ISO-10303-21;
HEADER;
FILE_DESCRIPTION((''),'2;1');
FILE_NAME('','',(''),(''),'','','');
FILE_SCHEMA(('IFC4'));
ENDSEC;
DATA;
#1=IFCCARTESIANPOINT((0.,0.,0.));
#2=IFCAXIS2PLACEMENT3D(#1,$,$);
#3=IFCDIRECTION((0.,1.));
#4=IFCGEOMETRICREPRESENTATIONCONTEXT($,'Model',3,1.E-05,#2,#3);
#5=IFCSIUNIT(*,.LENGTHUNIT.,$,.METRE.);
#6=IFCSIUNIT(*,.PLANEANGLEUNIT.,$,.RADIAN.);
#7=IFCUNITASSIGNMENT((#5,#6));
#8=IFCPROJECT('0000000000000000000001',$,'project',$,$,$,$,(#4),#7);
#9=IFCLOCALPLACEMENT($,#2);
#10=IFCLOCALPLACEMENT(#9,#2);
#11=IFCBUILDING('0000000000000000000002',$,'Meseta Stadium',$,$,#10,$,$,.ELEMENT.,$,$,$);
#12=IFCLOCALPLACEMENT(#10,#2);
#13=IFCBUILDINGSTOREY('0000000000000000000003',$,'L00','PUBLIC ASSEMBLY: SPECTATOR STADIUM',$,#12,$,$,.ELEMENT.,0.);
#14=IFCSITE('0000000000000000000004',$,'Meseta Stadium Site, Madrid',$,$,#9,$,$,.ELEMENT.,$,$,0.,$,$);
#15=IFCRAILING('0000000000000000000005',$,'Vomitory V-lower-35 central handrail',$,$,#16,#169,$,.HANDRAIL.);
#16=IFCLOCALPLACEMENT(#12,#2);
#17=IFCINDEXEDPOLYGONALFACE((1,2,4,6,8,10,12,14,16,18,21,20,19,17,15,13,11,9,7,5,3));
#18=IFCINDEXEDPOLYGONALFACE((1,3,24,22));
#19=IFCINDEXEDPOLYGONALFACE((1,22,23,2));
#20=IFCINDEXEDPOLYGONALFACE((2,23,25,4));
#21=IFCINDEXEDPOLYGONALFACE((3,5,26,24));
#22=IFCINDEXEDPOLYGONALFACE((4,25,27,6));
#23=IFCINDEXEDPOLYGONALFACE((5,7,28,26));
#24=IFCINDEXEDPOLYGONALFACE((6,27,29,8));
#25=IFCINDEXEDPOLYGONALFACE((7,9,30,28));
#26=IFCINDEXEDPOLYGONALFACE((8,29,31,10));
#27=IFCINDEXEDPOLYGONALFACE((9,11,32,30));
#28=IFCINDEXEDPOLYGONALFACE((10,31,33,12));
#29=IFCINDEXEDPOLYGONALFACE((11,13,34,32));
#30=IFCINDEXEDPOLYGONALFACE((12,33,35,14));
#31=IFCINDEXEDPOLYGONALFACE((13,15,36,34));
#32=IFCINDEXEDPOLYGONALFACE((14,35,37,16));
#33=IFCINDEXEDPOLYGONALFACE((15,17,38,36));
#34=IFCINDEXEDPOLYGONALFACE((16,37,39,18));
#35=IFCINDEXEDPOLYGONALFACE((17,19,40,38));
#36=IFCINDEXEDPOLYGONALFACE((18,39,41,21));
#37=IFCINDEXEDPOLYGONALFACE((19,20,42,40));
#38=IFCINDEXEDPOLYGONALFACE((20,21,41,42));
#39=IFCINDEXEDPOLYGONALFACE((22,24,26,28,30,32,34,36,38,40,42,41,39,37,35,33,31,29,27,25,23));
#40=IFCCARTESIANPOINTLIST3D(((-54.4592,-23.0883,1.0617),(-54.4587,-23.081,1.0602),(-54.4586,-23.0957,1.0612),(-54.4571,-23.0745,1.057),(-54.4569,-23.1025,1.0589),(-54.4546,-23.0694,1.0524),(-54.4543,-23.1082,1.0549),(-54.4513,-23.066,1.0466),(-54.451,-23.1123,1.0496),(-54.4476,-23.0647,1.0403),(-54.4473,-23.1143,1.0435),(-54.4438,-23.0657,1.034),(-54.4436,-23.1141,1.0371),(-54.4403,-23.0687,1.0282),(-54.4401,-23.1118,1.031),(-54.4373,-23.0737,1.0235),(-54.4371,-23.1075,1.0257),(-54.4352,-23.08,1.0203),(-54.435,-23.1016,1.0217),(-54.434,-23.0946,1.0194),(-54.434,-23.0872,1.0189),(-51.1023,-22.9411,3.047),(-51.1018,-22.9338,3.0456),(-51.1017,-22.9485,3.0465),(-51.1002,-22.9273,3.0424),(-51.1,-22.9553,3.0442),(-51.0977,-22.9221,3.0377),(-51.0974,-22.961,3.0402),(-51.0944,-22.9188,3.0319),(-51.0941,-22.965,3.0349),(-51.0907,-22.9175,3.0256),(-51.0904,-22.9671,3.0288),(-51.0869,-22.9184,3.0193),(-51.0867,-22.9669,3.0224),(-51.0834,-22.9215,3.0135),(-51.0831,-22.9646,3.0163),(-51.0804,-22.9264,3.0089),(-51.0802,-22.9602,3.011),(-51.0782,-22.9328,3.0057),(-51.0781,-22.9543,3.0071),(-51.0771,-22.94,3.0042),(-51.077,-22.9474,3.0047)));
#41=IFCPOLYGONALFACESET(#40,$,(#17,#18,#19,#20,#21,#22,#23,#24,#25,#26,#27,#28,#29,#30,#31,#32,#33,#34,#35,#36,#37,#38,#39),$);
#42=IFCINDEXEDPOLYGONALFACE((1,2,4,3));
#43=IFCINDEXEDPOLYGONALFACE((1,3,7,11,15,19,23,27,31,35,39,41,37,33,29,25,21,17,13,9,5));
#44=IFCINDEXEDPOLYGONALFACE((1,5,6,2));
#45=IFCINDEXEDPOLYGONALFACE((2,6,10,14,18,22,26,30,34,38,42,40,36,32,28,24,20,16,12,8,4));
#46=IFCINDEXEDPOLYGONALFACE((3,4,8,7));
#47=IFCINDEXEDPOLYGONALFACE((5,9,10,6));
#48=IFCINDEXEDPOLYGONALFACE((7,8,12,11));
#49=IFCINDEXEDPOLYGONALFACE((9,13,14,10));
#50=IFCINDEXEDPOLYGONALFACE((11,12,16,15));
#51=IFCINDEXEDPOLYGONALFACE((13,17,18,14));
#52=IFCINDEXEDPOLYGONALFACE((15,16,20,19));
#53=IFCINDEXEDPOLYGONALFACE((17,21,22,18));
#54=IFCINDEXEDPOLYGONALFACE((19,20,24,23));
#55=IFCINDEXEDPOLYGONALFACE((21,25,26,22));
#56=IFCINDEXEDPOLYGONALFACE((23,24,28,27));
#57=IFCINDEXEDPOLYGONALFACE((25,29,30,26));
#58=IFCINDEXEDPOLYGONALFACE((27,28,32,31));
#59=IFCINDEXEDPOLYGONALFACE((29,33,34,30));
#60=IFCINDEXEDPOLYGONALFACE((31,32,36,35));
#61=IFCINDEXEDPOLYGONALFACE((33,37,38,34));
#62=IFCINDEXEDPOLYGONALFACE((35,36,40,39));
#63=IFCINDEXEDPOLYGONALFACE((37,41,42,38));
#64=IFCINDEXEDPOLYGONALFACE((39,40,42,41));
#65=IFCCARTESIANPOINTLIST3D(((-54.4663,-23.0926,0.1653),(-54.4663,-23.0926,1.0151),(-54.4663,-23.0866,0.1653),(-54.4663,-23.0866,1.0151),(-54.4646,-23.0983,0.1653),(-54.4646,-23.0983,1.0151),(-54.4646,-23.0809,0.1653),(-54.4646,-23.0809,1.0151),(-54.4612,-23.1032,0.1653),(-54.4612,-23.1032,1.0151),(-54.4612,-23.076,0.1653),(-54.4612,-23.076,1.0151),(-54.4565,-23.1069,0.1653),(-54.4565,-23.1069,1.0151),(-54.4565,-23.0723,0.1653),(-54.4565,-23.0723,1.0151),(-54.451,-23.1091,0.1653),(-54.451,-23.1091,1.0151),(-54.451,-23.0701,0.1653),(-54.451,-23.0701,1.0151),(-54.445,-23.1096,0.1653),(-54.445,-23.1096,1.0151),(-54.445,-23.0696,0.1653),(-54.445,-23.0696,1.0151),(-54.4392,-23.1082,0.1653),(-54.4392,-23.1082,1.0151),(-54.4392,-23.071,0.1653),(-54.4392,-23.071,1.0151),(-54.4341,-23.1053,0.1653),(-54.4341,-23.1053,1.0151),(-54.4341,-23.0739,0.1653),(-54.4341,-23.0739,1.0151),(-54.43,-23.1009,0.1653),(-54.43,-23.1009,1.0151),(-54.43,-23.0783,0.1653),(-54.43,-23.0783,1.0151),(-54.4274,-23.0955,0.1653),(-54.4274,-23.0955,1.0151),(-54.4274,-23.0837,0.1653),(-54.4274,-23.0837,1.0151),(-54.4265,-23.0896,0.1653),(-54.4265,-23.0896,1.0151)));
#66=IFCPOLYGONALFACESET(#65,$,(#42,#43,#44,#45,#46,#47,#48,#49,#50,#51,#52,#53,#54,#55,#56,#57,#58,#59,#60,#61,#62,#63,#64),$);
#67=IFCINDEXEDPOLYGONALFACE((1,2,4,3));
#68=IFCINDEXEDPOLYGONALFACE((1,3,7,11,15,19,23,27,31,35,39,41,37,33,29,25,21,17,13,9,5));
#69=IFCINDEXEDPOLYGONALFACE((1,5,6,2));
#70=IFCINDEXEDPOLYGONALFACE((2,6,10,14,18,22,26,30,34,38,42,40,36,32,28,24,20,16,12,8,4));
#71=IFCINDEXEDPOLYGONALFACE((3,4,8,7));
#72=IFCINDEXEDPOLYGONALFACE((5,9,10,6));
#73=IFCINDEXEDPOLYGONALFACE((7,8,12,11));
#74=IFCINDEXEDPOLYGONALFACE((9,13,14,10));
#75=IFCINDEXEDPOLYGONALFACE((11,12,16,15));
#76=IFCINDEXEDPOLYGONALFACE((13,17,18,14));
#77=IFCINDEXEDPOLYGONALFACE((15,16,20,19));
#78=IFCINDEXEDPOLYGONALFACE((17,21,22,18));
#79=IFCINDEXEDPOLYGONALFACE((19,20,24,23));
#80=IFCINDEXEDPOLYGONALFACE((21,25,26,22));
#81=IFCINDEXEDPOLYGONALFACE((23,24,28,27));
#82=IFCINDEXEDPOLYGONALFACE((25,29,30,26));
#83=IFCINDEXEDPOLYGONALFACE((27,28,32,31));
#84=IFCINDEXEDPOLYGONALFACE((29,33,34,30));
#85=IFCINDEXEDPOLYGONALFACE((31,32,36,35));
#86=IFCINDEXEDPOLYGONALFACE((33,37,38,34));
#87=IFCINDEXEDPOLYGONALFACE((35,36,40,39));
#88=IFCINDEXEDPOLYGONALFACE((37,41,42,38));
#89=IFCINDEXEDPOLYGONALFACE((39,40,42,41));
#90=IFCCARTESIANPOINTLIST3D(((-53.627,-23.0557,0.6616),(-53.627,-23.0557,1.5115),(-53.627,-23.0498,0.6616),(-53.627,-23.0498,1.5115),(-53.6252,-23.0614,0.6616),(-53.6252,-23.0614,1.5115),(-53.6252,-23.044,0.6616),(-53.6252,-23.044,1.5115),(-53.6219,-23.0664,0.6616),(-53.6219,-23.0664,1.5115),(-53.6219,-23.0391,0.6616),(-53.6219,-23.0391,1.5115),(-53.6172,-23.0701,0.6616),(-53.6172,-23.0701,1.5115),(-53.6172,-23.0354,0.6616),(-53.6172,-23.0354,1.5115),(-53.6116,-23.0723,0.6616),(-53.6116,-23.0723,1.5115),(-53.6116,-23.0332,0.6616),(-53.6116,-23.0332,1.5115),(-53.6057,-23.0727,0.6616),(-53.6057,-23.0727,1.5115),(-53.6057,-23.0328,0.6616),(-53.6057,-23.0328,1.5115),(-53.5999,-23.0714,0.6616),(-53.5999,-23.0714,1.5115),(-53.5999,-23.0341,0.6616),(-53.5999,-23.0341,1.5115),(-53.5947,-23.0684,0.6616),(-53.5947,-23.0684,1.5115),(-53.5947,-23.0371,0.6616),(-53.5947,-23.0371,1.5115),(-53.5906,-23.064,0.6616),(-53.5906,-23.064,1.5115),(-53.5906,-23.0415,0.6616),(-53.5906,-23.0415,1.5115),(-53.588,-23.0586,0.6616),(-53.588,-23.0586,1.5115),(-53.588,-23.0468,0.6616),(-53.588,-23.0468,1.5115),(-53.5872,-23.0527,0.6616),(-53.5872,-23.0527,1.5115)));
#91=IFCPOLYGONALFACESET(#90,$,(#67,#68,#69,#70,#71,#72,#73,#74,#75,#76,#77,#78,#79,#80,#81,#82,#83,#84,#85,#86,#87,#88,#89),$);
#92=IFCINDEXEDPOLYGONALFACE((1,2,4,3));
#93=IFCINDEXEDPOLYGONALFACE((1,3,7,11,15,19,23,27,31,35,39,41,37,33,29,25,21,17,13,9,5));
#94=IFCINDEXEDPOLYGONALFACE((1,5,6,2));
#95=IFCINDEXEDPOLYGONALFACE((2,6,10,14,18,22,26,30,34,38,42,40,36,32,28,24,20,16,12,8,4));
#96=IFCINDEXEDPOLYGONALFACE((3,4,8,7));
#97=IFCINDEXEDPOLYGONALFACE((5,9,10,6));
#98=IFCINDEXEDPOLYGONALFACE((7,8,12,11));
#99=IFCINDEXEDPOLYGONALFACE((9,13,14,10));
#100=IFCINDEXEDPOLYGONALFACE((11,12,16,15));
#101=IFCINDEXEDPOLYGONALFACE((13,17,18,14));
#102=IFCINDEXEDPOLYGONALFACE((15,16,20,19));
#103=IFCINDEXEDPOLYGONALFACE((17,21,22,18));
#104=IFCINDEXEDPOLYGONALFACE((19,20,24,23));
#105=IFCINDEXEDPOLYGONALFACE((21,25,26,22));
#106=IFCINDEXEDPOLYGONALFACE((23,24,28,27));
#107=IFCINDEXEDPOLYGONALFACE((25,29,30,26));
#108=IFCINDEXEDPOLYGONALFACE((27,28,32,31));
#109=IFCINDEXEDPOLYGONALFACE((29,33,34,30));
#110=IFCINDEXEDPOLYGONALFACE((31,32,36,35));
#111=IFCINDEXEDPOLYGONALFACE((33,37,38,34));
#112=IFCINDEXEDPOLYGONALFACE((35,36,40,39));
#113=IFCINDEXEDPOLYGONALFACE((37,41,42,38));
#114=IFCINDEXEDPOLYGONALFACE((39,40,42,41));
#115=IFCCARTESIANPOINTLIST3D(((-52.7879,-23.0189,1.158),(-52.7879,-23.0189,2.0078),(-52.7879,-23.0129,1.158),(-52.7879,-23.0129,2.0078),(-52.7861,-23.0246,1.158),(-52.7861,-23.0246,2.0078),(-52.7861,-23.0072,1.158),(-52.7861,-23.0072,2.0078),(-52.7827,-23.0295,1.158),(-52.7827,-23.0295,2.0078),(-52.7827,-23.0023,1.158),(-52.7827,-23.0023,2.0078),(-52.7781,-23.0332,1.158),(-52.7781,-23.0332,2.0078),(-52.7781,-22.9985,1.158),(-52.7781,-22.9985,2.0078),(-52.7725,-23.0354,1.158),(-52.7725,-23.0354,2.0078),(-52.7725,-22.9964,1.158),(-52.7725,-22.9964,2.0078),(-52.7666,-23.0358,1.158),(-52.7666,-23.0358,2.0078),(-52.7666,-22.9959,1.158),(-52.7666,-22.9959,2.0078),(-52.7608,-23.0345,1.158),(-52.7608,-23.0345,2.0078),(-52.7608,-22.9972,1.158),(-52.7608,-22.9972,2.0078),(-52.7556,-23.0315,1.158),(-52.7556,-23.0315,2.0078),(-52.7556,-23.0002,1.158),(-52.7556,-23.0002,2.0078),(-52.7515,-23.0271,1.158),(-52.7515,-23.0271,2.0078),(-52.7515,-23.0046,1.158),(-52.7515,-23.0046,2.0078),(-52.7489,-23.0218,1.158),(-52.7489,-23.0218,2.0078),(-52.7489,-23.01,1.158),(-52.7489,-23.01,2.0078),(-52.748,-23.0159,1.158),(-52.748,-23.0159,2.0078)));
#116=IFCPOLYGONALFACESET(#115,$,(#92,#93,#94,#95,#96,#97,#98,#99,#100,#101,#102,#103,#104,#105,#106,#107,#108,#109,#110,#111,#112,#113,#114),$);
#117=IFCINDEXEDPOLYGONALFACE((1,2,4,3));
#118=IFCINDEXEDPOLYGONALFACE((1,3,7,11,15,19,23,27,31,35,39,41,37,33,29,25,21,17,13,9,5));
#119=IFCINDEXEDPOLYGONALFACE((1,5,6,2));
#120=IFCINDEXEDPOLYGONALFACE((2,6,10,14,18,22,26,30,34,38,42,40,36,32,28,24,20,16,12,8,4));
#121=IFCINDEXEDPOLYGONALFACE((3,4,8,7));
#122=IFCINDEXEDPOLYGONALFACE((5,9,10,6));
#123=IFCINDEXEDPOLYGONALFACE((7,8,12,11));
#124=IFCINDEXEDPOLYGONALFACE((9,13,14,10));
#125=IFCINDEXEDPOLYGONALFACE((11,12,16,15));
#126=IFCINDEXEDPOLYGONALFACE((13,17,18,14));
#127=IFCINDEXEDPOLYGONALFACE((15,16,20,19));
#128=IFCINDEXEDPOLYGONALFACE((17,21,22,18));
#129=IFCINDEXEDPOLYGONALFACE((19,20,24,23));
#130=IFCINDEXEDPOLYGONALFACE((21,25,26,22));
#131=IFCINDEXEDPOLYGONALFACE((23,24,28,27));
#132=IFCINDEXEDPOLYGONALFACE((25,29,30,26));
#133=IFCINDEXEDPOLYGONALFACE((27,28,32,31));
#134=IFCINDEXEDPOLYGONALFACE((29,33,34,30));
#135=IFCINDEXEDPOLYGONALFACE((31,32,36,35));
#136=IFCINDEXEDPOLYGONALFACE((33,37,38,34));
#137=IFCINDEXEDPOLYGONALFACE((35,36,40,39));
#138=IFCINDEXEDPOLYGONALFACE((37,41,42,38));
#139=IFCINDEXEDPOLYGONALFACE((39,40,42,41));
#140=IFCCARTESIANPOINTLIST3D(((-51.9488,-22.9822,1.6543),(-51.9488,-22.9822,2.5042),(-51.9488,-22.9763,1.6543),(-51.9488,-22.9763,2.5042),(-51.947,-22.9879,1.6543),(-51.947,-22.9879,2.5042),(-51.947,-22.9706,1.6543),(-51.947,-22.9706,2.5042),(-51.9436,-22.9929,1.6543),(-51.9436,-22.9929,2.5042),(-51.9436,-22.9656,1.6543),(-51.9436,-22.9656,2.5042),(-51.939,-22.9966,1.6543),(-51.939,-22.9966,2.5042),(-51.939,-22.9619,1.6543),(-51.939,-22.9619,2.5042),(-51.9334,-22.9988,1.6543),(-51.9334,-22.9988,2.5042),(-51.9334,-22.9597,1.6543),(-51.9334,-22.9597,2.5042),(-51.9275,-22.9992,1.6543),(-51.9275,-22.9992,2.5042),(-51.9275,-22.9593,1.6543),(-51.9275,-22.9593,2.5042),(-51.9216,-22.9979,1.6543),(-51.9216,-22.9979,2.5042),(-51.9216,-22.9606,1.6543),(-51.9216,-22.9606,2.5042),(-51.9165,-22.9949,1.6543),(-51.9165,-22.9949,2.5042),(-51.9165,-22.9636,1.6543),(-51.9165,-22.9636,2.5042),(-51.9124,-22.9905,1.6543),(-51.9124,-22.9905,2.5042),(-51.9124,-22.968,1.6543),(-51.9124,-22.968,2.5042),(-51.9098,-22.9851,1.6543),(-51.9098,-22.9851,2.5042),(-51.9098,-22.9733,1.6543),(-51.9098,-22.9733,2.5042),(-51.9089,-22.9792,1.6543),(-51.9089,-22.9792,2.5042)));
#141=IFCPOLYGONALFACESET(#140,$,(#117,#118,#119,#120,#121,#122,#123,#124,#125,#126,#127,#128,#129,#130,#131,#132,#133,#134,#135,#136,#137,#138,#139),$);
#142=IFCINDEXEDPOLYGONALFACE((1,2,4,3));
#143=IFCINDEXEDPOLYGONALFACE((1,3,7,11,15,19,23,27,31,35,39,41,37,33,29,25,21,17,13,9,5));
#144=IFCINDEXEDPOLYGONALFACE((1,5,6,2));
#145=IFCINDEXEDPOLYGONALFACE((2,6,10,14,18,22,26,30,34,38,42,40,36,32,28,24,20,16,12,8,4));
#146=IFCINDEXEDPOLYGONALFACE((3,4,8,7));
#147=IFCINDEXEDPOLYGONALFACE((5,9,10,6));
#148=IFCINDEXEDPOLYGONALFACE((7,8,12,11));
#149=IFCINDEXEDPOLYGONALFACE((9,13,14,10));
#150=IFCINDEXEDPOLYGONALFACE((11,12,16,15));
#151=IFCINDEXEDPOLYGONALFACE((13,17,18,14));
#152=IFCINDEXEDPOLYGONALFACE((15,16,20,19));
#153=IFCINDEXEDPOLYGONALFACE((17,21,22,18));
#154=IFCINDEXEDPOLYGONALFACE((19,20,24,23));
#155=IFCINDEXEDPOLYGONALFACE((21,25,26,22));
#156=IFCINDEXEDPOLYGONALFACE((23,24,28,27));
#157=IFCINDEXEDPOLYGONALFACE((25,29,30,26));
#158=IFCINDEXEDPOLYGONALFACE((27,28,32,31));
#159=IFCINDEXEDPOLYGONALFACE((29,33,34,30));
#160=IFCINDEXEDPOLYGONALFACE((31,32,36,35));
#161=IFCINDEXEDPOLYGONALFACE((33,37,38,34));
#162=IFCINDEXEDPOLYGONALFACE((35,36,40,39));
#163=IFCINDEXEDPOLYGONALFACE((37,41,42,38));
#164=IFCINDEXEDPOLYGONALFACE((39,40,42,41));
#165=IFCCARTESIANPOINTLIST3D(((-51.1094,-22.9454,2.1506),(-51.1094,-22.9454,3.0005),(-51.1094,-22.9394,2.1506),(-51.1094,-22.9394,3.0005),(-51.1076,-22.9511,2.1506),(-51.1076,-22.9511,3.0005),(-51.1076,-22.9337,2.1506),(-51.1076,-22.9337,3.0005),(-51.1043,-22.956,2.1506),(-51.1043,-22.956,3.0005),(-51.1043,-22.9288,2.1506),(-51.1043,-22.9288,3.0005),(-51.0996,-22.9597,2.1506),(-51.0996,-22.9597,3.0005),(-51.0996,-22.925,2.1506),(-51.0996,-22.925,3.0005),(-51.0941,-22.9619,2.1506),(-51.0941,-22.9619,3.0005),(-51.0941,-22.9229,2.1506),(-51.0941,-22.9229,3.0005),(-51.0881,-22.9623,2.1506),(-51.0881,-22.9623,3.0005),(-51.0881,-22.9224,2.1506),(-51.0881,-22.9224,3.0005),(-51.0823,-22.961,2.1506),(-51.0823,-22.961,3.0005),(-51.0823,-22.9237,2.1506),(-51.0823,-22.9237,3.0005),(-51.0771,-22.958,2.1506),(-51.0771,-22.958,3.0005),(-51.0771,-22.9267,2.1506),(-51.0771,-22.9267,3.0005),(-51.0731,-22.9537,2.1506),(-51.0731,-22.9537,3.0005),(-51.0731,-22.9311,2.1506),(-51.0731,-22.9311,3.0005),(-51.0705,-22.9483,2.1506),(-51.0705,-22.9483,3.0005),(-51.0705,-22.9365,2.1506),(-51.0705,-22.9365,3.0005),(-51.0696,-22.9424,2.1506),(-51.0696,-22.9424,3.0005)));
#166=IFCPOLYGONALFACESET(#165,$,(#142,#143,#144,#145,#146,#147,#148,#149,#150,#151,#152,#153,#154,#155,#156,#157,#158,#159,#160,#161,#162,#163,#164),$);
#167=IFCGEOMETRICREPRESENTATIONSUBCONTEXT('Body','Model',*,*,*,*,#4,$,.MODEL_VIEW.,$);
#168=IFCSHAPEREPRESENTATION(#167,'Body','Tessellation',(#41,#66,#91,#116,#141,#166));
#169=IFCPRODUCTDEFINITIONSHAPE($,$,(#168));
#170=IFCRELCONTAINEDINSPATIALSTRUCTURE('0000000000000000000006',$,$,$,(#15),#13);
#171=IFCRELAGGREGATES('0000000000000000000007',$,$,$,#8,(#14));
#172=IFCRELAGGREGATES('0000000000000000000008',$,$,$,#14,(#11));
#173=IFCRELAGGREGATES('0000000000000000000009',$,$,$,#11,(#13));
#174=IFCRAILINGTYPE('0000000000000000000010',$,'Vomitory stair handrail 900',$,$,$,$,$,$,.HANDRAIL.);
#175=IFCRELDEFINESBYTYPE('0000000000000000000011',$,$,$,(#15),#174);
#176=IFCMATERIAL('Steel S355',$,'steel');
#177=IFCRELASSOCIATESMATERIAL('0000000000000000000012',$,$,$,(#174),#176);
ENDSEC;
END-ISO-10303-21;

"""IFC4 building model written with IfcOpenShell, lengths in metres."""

from ifc_helpers import new_model, si_unit, direction, frame, origin, origin_2d, place, context, subcontext, project, spatial, circle, extrude, material, type_object, element, save


model = new_model("IFC4")

# Units and contexts
model_context = context("Model", 3, precision=1e-05, world=origin(), true_north=direction((0.0, 1.0)))
body_context = subcontext(model_context, "Body", "Model", "MODEL_VIEW")
ifc_project = project(units=[si_unit("LENGTHUNIT", "METRE"), si_unit("PLANEANGLEUNIT", "RADIAN")], contexts=[model_context])

# Site, building, storey
site_placement = place(None, origin())
site = spatial("IfcSite", under=ifc_project, at=site_placement, Name="Meseta Stadium Site, Madrid", CompositionType="ELEMENT", RefElevation=0.0)
building_placement = place(site_placement, origin())
building = spatial("IfcBuilding", under=site, at=building_placement, Name="Meseta Stadium", CompositionType="ELEMENT")
storey_placement = place(building_placement, origin())
storey = spatial("IfcBuildingStorey", under=building, at=storey_placement, Name="L00", Description="PUBLIC ASSEMBLY: SPECTATOR STADIUM", CompositionType="ELEMENT", Elevation=0.0)

# Railing
ifc_material_1 = material(Name="Steel S355", Category="steel")
railing_type_1 = type_object("IfcRailingType", Name="Vomitory stair handrail 900", PredefinedType="HANDRAIL", material=ifc_material_1)
railing_1_placement = place(storey_placement, frame((-54.4465, -23.0896, 0.1653)))
element("IfcRailing", 1, at=railing_1_placement, inside=storey, type_object=railing_type_1, Name="Vomitory V-lower-35 central handrail", PredefinedType="HANDRAIL", context=body_context, shape_type="SweptSolid", body=[
    extrude(circle(Radius=0.0249, at=origin_2d()), frame((0.0, 0.0, 0.875), z_axis=(0.860122, 0.03772, 0.508692), x_axis=(-0.043812, 0.99904, 0.0)), (0.0, 0.0, 1.0), 3.9028),
    extrude(circle(Radius=0.02, at=origin_2d()), origin(), (0.0, 0.0, 1.0), 0.8499),
    extrude(circle(Radius=0.02, at=origin_2d()), frame((0.8394, 0.0369, 0.4963)), (0.0, 0.0, 1.0), 0.8499),
    extrude(circle(Radius=0.02, at=origin_2d()), frame((1.6785, 0.0737, 0.9927)), (0.0, 0.0, 1.0), 0.8499),
    extrude(circle(Radius=0.02, at=origin_2d()), frame((2.5176, 0.1104, 1.489)), (0.0, 0.0, 1.0), 0.8499),
    extrude(circle(Radius=0.02, at=origin_2d()), frame((3.3569, 0.1472, 1.9854)), (0.0, 0.0, 1.0), 0.8499),
])

save(model, "model.ifc")
